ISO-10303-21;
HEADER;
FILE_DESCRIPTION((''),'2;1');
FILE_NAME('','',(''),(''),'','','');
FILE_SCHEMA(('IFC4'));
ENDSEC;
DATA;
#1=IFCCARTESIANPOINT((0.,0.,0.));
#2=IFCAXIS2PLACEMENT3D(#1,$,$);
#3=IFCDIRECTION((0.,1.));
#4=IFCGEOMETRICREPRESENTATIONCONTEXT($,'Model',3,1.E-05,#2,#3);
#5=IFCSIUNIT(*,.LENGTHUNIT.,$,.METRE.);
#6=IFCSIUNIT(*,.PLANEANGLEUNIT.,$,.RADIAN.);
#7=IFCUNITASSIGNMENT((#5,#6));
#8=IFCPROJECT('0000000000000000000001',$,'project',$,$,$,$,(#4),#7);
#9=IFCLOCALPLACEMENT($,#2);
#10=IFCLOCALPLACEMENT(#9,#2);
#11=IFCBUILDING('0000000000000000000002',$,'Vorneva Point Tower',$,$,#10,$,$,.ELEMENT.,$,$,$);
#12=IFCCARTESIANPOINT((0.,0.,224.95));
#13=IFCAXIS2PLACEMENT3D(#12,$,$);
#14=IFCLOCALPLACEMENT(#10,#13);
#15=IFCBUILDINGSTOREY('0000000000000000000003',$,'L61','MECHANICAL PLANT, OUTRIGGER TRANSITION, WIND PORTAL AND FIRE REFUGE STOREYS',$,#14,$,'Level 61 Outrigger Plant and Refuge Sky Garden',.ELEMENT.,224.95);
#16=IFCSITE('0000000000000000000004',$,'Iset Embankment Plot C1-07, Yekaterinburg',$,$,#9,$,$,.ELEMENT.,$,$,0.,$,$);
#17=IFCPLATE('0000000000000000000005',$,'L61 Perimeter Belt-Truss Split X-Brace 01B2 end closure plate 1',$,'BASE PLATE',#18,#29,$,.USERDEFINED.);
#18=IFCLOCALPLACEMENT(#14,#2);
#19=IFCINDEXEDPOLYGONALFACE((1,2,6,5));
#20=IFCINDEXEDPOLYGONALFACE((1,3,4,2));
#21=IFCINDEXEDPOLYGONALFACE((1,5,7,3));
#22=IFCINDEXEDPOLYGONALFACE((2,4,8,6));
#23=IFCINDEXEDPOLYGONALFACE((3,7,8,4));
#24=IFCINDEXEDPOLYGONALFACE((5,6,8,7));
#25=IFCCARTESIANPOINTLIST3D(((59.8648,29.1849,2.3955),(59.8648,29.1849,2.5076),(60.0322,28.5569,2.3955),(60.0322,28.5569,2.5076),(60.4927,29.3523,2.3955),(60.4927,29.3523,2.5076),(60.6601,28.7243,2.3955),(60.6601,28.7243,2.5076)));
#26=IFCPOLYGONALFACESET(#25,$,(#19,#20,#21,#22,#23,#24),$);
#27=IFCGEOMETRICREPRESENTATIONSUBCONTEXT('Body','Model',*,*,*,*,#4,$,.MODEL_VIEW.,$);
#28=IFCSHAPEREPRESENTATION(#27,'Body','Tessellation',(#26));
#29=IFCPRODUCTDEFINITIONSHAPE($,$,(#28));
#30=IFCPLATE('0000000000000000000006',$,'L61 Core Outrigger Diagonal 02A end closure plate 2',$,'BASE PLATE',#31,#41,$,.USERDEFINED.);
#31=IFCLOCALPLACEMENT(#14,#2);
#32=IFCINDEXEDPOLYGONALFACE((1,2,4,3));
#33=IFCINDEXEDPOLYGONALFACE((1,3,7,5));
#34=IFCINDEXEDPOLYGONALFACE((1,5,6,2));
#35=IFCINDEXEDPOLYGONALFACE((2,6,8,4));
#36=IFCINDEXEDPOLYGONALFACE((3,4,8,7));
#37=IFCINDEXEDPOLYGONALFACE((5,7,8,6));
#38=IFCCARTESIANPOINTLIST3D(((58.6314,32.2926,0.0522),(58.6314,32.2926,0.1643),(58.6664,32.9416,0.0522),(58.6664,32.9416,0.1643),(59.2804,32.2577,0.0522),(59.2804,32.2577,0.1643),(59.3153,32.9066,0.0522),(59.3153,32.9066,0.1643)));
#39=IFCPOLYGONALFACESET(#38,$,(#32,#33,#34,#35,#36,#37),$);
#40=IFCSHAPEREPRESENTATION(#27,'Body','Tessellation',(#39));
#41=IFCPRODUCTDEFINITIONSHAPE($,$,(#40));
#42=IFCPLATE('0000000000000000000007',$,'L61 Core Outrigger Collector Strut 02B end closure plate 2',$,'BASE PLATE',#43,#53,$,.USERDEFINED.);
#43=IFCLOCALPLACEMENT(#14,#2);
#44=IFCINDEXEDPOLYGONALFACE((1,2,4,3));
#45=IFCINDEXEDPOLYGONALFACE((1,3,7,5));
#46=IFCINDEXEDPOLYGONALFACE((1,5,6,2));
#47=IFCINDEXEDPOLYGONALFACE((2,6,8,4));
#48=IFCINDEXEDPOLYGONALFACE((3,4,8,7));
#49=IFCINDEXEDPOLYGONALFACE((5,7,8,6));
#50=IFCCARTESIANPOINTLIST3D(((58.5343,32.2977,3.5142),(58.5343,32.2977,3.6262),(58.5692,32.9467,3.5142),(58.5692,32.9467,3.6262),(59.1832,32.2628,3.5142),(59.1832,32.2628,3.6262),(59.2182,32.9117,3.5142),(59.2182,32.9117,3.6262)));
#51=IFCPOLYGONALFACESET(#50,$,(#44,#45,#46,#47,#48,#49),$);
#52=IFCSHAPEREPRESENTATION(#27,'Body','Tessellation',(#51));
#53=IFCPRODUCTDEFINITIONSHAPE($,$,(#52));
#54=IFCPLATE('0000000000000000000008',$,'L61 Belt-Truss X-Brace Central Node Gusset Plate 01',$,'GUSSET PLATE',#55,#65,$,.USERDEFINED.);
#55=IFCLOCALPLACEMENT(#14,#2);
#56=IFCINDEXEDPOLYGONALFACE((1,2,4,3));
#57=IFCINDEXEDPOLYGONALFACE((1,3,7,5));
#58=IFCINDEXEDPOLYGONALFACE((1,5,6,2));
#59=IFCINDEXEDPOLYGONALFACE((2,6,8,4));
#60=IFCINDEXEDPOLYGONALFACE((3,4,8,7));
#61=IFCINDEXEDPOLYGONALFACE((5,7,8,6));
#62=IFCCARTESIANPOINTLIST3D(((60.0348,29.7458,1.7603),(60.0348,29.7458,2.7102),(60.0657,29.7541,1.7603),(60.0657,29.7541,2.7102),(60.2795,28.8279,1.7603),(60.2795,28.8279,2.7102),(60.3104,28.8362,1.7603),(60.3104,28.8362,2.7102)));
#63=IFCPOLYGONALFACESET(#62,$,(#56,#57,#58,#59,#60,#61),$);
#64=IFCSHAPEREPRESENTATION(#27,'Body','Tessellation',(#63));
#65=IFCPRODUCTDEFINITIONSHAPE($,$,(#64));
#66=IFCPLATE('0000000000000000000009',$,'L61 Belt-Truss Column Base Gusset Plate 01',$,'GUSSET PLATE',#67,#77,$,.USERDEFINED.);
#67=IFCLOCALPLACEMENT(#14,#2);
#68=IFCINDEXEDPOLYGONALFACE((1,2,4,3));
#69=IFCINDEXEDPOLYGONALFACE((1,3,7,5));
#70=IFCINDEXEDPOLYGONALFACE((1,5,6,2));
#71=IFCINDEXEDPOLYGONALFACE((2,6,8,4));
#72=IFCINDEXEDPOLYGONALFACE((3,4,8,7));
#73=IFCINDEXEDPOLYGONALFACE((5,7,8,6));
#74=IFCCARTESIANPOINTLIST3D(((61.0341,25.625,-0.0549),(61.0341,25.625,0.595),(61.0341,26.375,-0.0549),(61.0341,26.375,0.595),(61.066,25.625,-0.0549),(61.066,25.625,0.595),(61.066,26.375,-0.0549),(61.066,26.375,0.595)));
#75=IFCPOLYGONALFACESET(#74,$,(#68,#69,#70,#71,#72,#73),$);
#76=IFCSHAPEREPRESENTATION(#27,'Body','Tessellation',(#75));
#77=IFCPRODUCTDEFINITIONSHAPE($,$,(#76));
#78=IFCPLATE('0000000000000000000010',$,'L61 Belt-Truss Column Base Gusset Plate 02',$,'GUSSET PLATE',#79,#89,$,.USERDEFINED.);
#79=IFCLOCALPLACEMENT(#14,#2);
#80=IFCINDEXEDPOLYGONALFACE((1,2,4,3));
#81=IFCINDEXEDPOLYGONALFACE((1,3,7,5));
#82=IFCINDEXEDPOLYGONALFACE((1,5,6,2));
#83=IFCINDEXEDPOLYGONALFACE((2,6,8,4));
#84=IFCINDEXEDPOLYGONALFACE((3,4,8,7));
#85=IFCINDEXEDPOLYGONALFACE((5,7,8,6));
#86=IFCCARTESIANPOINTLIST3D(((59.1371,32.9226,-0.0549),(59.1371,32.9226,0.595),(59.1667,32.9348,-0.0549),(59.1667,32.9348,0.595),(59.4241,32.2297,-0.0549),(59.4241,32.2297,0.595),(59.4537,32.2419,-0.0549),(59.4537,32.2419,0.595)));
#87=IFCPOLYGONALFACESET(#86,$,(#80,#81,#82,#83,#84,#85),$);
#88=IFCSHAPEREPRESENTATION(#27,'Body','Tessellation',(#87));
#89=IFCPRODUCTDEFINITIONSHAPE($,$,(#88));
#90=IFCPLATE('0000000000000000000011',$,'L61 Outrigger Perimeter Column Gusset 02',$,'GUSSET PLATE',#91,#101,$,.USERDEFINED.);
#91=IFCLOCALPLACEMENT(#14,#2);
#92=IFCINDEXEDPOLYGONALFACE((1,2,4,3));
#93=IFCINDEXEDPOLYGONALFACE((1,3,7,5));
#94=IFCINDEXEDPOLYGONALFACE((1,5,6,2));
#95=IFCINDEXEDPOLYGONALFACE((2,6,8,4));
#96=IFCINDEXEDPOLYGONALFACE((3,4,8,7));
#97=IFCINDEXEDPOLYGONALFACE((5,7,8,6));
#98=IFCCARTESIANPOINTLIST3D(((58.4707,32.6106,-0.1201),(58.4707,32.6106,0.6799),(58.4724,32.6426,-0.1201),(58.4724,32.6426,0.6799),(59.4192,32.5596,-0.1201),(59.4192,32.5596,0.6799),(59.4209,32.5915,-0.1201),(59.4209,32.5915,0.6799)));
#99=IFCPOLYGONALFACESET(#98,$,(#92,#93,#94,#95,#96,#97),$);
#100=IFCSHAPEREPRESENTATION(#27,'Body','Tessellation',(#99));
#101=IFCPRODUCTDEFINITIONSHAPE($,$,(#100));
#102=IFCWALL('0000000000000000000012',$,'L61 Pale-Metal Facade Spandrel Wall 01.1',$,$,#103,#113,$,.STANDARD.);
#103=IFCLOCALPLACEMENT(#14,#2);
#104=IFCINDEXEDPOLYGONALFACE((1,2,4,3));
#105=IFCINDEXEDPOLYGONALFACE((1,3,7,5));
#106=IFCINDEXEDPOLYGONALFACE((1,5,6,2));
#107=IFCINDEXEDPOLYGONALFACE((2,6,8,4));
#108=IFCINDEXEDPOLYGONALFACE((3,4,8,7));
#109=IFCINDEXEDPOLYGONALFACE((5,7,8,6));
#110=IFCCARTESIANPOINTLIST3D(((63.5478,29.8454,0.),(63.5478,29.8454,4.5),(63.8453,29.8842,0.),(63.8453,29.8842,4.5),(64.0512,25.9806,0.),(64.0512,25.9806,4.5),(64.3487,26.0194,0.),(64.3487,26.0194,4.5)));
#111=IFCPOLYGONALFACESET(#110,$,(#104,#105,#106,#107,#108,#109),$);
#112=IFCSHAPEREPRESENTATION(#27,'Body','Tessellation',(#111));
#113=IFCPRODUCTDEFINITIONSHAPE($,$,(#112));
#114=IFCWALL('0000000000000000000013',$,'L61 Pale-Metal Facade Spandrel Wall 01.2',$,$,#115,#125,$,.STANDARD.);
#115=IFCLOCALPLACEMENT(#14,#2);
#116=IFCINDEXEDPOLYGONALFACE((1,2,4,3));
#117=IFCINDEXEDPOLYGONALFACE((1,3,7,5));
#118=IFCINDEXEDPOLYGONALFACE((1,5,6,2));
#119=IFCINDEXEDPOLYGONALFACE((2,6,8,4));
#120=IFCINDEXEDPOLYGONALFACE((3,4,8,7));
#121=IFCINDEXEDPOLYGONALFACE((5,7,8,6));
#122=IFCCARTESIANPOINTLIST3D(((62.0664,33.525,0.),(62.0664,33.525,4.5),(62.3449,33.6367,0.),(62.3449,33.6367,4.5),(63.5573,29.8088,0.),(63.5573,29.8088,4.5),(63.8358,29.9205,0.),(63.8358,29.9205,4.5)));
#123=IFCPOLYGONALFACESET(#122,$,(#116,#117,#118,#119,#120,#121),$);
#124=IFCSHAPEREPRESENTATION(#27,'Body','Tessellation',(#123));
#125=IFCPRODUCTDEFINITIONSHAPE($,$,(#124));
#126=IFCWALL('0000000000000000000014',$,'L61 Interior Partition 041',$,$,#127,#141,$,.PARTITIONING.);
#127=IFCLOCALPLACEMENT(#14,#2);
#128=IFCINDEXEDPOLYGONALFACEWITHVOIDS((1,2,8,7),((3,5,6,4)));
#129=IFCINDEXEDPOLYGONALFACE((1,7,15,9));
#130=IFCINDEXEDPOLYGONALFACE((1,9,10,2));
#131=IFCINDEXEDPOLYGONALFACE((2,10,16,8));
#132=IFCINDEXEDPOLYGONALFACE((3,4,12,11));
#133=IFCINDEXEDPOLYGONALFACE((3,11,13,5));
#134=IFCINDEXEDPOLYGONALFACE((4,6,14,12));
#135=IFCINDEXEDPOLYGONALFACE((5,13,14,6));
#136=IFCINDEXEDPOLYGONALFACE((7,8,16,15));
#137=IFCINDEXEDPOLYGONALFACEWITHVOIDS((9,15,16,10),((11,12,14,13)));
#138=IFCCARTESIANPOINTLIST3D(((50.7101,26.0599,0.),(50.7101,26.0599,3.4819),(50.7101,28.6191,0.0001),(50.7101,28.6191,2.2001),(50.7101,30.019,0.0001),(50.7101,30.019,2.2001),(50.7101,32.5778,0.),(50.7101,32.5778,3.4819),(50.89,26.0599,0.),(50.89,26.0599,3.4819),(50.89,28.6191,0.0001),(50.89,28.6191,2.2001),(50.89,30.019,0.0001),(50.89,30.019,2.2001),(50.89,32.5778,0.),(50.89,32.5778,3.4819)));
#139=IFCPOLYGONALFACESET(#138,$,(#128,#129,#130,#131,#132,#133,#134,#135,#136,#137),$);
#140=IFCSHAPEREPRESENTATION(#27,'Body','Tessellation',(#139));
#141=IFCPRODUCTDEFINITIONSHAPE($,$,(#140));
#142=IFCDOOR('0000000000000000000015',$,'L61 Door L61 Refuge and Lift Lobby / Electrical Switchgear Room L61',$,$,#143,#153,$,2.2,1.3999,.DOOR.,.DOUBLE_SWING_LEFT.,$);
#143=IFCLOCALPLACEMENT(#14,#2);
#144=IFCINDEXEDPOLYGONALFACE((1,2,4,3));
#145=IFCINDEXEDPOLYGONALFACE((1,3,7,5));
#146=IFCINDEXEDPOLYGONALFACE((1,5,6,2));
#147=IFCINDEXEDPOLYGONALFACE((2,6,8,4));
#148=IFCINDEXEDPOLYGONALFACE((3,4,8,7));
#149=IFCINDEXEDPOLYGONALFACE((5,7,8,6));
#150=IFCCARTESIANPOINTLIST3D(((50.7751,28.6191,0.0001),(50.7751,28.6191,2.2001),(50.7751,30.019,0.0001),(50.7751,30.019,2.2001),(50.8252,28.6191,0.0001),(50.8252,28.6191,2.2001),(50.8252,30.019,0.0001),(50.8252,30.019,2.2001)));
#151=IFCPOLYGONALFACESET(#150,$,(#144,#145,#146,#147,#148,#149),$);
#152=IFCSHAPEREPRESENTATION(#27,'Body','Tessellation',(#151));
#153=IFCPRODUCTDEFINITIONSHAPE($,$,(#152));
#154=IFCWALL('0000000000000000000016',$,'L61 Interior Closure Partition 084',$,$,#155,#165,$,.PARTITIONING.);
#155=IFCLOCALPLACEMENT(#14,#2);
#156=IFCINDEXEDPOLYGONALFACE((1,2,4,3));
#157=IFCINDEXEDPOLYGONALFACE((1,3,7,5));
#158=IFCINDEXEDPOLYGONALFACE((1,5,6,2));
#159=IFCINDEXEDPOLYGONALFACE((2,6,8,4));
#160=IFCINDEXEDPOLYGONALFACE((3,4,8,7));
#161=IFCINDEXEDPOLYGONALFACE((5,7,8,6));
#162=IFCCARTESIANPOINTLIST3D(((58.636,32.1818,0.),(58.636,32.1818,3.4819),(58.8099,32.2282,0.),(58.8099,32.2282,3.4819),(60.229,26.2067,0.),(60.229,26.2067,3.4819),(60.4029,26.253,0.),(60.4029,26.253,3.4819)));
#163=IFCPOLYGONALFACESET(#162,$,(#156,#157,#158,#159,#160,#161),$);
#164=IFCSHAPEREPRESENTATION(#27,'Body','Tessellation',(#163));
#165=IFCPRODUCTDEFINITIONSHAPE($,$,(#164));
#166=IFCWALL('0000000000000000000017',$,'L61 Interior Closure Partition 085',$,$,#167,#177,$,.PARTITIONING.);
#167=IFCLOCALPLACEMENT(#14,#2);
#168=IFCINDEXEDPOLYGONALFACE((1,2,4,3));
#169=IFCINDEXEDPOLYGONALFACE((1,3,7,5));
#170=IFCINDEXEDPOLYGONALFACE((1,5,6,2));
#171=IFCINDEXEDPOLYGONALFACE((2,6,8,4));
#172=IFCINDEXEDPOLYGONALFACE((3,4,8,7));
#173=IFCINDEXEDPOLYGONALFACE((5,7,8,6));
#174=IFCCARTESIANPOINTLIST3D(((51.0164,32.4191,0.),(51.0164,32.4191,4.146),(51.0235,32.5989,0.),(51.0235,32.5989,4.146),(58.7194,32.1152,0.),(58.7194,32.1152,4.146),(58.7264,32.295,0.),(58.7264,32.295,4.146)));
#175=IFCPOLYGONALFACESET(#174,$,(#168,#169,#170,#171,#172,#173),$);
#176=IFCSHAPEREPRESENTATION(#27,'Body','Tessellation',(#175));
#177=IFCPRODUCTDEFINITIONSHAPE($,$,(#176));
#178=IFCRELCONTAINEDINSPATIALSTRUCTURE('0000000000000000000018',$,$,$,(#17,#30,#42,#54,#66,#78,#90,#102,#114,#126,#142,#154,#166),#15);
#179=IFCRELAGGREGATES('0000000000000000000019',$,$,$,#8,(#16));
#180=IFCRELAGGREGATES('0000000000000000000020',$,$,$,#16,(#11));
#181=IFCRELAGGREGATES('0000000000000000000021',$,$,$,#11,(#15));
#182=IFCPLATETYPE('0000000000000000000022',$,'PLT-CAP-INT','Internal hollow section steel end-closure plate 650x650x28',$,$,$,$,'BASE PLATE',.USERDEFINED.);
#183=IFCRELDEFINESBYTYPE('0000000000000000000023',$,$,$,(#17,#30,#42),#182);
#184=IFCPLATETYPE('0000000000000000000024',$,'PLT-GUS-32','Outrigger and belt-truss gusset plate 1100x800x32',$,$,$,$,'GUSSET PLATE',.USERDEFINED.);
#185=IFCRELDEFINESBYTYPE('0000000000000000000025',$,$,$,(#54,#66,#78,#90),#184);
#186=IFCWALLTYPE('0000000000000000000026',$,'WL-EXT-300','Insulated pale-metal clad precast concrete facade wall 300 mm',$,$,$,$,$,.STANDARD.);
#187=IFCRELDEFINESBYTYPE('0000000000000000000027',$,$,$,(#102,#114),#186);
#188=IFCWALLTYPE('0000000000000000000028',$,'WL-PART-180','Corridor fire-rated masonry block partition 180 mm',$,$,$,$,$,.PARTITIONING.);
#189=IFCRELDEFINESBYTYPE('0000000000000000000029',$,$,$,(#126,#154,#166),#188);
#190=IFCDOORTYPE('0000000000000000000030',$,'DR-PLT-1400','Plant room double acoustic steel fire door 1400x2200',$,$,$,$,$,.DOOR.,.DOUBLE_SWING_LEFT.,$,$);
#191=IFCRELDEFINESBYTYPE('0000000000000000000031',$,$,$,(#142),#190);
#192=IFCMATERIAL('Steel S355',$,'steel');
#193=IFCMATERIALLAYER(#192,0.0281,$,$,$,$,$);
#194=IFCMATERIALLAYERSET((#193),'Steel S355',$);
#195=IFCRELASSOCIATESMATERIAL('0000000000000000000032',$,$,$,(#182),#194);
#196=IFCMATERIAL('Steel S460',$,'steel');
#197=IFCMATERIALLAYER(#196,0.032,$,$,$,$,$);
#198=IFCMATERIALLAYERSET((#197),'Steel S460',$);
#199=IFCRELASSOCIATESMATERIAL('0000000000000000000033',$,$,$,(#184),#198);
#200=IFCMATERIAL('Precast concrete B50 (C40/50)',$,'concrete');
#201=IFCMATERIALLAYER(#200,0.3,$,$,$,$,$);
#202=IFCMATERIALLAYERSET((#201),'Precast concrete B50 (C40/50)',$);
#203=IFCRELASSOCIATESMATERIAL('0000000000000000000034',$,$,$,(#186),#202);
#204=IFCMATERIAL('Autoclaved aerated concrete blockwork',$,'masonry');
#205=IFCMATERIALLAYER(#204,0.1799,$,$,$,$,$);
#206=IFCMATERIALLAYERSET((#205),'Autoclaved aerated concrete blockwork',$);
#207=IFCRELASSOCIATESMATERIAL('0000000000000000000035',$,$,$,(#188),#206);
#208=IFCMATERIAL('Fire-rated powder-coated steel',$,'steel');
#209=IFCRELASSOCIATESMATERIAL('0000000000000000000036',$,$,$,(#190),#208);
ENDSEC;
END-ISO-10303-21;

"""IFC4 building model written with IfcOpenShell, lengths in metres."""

from ifc_helpers import new_model, si_unit, direction, frame, frame_2d, origin, origin_2d, place, context, subcontext, project, spatial, rectangle, extrude, material, layer, layer_set, type_object, element, fill, save


model = new_model("IFC4")

# Units and contexts
model_context = context("Model", 3, precision=1e-05, world=origin(), true_north=direction((0.0, 1.0)))
body_context = subcontext(model_context, "Body", "Model", "MODEL_VIEW")
ifc_project = project(units=[si_unit("LENGTHUNIT", "METRE"), si_unit("PLANEANGLEUNIT", "RADIAN")], contexts=[model_context])

# Site, building, storey
site_placement = place(None, origin())
site = spatial("IfcSite", under=ifc_project, at=site_placement, Name="Iset Embankment Plot C1-07, Yekaterinburg", CompositionType="ELEMENT", RefElevation=0.0)
building_placement = place(site_placement, origin())
building = spatial("IfcBuilding", under=site, at=building_placement, Name="Vorneva Point Tower", CompositionType="ELEMENT")
storey_placement = place(building_placement, frame((0.0, 0.0, 224.95)))
storey = spatial("IfcBuildingStorey", under=building, at=storey_placement, Name="L61", Description="MECHANICAL PLANT, OUTRIGGER TRANSITION, WIND PORTAL AND FIRE REFUGE STOREYS", LongName="Level 61 Outrigger Plant and Refuge Sky Garden", CompositionType="ELEMENT", Elevation=224.95)

# Shared definitions
ifc_material_1 = material(Name="Steel S460", Category="steel")
ifc_material_2 = material(Name="Steel S355", Category="steel")

# Plates
ifc_layer_1 = layer(ifc_material_2, 0.0281)
ifc_layer_set_1 = layer_set([ifc_layer_1], Name="Steel S355")
plate_type_1 = type_object("IfcPlateType", Name="PLT-CAP-INT", Description="Internal hollow section steel end-closure plate 650x650x28", ElementType="BASE PLATE", PredefinedType="USERDEFINED", material=ifc_layer_set_1)
for number, where, z_axis, x_axis, name in (
    (1, (60.2625, 28.9546, 2.3955), (0.0, 0.0, 1.0), (0.257571, -0.966259, 0.0), "L61 Perimeter Belt-Truss Split X-Brace 01B2 end closure plate 1"),
    (2, (58.9734, 32.5996, 0.0522), (0.0, 0.0, 1.0), (0.998554, -0.053765, 0.0), "L61 Core Outrigger Diagonal 02A end closure plate 2"),
    (3, (58.8762, 32.6047, 3.5142), (0.0, 0.0, 1.0), (0.998554, -0.053765, 0.0), "L61 Core Outrigger Collector Strut 02B end closure plate 2"),
):
    element("IfcPlate", number, at=place(storey_placement, frame(where, z_axis=z_axis, x_axis=x_axis)), inside=storey, type_object=plate_type_1, Name=name, ObjectType="BASE PLATE", PredefinedType="USERDEFINED", context=body_context, shape_type="SweptSolid", body=[
        extrude(rectangle(XDim=0.6499, YDim=0.6499, at=origin_2d()), origin(), (0.0, 0.0, 1.0), 0.1121),
    ])
ifc_layer_2 = layer(ifc_material_1, 0.032)
ifc_layer_set_2 = layer_set([ifc_layer_2], Name="Steel S460")
plate_type_2 = type_object("IfcPlateType", Name="PLT-GUS-32", Description="Outrigger and belt-truss gusset plate 1100x800x32", ElementType="GUSSET PLATE", PredefinedType="USERDEFINED", material=ifc_layer_set_2)
plate_1_placement = place(storey_placement, frame((60.1726, 29.291, 1.7603), z_axis=(0.0, 0.0, 1.0), x_axis=(-0.257571, 0.966259, 0.0)))
element("IfcPlate", 4, at=plate_1_placement, inside=storey, type_object=plate_type_2, Name="L61 Belt-Truss X-Brace Central Node Gusset Plate 01", ObjectType="GUSSET PLATE", PredefinedType="USERDEFINED", context=body_context, shape_type="SweptSolid", body=[
    extrude(rectangle(XDim=0.95, YDim=0.032, at=origin_2d()), origin(), (0.0, 0.0, 1.0), 0.95),
])
for number, where, z_axis, x_axis, name in (
    (5, (61.05, 26.0, -0.0549), (0.0, 0.0, 1.0), (0.0, 1.0, 0.0), "L61 Belt-Truss Column Base Gusset Plate 01"),
    (6, (59.2954, 32.5823, -0.0549), (0.0, 0.0, 1.0), (-0.382683, 0.92388, 0.0), "L61 Belt-Truss Column Base Gusset Plate 02"),
):
    element("IfcPlate", number, at=place(storey_placement, frame(where, z_axis=z_axis, x_axis=x_axis)), inside=storey, type_object=plate_type_2, Name=name, ObjectType="GUSSET PLATE", PredefinedType="USERDEFINED", context=body_context, shape_type="SweptSolid", body=[
        extrude(rectangle(XDim=0.75, YDim=0.032, at=origin_2d()), origin(), (0.0, 0.0, 1.0), 0.6499),
    ])
plate_2_placement = place(storey_placement, frame((58.9458, 32.6011, -0.1201), z_axis=(0.0, 0.0, 1.0), x_axis=(0.998554, -0.053765, 0.0)))
element("IfcPlate", 7, at=plate_2_placement, inside=storey, type_object=plate_type_2, Name="L61 Outrigger Perimeter Column Gusset 02", ObjectType="GUSSET PLATE", PredefinedType="USERDEFINED", context=body_context, shape_type="SweptSolid", body=[
    extrude(rectangle(XDim=0.95, YDim=0.032, at=origin_2d()), origin(), (0.0, 0.0, 1.0), 0.8),
])

# Walls
ifc_material_3 = material(Name="Precast concrete B50 (C40/50)", Category="concrete")
ifc_layer_3 = layer(ifc_material_3, 0.3)
ifc_layer_set_3 = layer_set([ifc_layer_3], Name="Precast concrete B50 (C40/50)")
wall_type_1 = type_object("IfcWallType", Name="WL-EXT-300", Description="Insulated pale-metal clad precast concrete facade wall 300 mm", PredefinedType="STANDARD", material=ifc_layer_set_3)
wall_1_placement = place(storey_placement, frame((64.2, 26.0, 0.0), z_axis=(0.0, 0.0, 1.0), x_axis=(-0.129168, 0.991623, 0.0)))
element("IfcWall", 8, at=wall_1_placement, inside=storey, type_object=wall_type_1, Name="L61 Pale-Metal Facade Spandrel Wall 01.1", PredefinedType="STANDARD", context=body_context, shape_type="SweptSolid", body=[
    extrude(rectangle(XDim=3.8975, YDim=0.3, at=frame_2d((1.9487, 0.0))), origin(), (0.0, 0.0, 1.0), 4.5),
])
wall_2_placement = place(storey_placement, frame((63.6965, 29.8647, 0.0), z_axis=(0.0, 0.0, 1.0), x_axis=(-0.372347, 0.928094, 0.0)))
element("IfcWall", 9, at=wall_2_placement, inside=storey, type_object=wall_type_1, Name="L61 Pale-Metal Facade Spandrel Wall 01.2", PredefinedType="STANDARD", context=body_context, shape_type="SweptSolid", body=[
    extrude(rectangle(XDim=4.0042, YDim=0.3, at=frame_2d((2.002, 0.0))), origin(), (0.0, 0.0, 1.0), 4.5),
])

# Wall, opening, door
ifc_material_4 = material(Name="Autoclaved aerated concrete blockwork", Category="masonry")
ifc_layer_4 = layer(ifc_material_4, 0.1799)
ifc_layer_set_4 = layer_set([ifc_layer_4], Name="Autoclaved aerated concrete blockwork")
wall_type_2 = type_object("IfcWallType", Name="WL-PART-180", Description="Corridor fire-rated masonry block partition 180 mm", PredefinedType="PARTITIONING", material=ifc_layer_set_4)
wall_3_placement = place(storey_placement, frame((50.8, 26.0601, 0.0), z_axis=(0.0, 0.0, 1.0), x_axis=(0.0, 1.0, 0.0)))
wall_3 = element("IfcWall", 10, at=wall_3_placement, inside=storey, type_object=wall_type_2, Name="L61 Interior Partition 041", PredefinedType="PARTITIONING", context=body_context, shape_type="SweptSolid", body=[
    extrude(rectangle(XDim=6.5178, YDim=0.1799, at=frame_2d((3.2588, 0.0))), origin(), (0.0, 0.0, 1.0), 3.4819),
])
opening_placement = place(wall_3_placement, frame((2.5591, 0.0, 0.0)))
opening = element("IfcOpeningElement", 11, at=opening_placement, cuts=wall_3, PredefinedType="OPENING", context=body_context, shape_type="SweptSolid", body=[
    extrude(rectangle(XDim=1.3999, YDim=2.2, at=frame_2d((0.7, 1.1001))), frame((0.0, 0.105, 0.0), z_axis=(0.0, -1.0, 0.0), x_axis=(1.0, 0.0, 0.0)), (0.0, 0.0, 1.0), 0.2097),
])
ifc_material_5 = material(Name="Fire-rated powder-coated steel", Category="steel")
door_type = type_object("IfcDoorType", Name="DR-PLT-1400", Description="Plant room double acoustic steel fire door 1400x2200", OperationType="DOUBLE_SWING_LEFT", PredefinedType="DOOR", material=ifc_material_5)
door_placement = place(opening_placement, origin())
door = element("IfcDoor", 12, at=door_placement, inside=storey, type_object=door_type, Name="L61 Door L61 Refuge and Lift Lobby / Electrical Switchgear Room L61", OperationType="DOUBLE_SWING_LEFT", OverallHeight=2.2, OverallWidth=1.3999, PredefinedType="DOOR", context=body_context, shape_type="SweptSolid", body=[
    extrude(rectangle(XDim=1.3999, YDim=2.2, at=frame_2d((0.7, 1.1001))), frame((0.0, 0.0249, 0.0), z_axis=(0.0, -1.0, 0.0), x_axis=(1.0, 0.0, 0.0)), (0.0, 0.0, 1.0), 0.05),
])
fill(opening, door)

# Walls
wall_4_placement = place(storey_placement, frame((60.3159, 26.23, 0.0), z_axis=(0.0, 0.0, 1.0), x_axis=(-0.257611, 0.966249, 0.0)))
element("IfcWall", 13, at=wall_4_placement, inside=storey, type_object=wall_type_2, Name="L61 Interior Closure Partition 084", PredefinedType="PARTITIONING", context=body_context, shape_type="SweptSolid", body=[
    extrude(rectangle(XDim=6.1838, YDim=0.1799, at=frame_2d((3.0918, 0.0))), origin(), (0.0, 0.0, 1.0), 3.4819),
])
wall_5_placement = place(storey_placement, frame((58.7229, 32.2051, 0.0), z_axis=(0.0, 0.0, 1.0), x_axis=(-0.999222, 0.039429, 0.0)))
element("IfcWall", 14, at=wall_5_placement, inside=storey, type_object=wall_type_2, Name="L61 Interior Closure Partition 085", PredefinedType="PARTITIONING", context=body_context, shape_type="SweptSolid", body=[
    extrude(rectangle(XDim=7.709, YDim=0.1799, at=frame_2d((3.8545, 0.0))), origin(), (0.0, 0.0, 1.0), 4.146),
])

save(model, "model.ifc")
